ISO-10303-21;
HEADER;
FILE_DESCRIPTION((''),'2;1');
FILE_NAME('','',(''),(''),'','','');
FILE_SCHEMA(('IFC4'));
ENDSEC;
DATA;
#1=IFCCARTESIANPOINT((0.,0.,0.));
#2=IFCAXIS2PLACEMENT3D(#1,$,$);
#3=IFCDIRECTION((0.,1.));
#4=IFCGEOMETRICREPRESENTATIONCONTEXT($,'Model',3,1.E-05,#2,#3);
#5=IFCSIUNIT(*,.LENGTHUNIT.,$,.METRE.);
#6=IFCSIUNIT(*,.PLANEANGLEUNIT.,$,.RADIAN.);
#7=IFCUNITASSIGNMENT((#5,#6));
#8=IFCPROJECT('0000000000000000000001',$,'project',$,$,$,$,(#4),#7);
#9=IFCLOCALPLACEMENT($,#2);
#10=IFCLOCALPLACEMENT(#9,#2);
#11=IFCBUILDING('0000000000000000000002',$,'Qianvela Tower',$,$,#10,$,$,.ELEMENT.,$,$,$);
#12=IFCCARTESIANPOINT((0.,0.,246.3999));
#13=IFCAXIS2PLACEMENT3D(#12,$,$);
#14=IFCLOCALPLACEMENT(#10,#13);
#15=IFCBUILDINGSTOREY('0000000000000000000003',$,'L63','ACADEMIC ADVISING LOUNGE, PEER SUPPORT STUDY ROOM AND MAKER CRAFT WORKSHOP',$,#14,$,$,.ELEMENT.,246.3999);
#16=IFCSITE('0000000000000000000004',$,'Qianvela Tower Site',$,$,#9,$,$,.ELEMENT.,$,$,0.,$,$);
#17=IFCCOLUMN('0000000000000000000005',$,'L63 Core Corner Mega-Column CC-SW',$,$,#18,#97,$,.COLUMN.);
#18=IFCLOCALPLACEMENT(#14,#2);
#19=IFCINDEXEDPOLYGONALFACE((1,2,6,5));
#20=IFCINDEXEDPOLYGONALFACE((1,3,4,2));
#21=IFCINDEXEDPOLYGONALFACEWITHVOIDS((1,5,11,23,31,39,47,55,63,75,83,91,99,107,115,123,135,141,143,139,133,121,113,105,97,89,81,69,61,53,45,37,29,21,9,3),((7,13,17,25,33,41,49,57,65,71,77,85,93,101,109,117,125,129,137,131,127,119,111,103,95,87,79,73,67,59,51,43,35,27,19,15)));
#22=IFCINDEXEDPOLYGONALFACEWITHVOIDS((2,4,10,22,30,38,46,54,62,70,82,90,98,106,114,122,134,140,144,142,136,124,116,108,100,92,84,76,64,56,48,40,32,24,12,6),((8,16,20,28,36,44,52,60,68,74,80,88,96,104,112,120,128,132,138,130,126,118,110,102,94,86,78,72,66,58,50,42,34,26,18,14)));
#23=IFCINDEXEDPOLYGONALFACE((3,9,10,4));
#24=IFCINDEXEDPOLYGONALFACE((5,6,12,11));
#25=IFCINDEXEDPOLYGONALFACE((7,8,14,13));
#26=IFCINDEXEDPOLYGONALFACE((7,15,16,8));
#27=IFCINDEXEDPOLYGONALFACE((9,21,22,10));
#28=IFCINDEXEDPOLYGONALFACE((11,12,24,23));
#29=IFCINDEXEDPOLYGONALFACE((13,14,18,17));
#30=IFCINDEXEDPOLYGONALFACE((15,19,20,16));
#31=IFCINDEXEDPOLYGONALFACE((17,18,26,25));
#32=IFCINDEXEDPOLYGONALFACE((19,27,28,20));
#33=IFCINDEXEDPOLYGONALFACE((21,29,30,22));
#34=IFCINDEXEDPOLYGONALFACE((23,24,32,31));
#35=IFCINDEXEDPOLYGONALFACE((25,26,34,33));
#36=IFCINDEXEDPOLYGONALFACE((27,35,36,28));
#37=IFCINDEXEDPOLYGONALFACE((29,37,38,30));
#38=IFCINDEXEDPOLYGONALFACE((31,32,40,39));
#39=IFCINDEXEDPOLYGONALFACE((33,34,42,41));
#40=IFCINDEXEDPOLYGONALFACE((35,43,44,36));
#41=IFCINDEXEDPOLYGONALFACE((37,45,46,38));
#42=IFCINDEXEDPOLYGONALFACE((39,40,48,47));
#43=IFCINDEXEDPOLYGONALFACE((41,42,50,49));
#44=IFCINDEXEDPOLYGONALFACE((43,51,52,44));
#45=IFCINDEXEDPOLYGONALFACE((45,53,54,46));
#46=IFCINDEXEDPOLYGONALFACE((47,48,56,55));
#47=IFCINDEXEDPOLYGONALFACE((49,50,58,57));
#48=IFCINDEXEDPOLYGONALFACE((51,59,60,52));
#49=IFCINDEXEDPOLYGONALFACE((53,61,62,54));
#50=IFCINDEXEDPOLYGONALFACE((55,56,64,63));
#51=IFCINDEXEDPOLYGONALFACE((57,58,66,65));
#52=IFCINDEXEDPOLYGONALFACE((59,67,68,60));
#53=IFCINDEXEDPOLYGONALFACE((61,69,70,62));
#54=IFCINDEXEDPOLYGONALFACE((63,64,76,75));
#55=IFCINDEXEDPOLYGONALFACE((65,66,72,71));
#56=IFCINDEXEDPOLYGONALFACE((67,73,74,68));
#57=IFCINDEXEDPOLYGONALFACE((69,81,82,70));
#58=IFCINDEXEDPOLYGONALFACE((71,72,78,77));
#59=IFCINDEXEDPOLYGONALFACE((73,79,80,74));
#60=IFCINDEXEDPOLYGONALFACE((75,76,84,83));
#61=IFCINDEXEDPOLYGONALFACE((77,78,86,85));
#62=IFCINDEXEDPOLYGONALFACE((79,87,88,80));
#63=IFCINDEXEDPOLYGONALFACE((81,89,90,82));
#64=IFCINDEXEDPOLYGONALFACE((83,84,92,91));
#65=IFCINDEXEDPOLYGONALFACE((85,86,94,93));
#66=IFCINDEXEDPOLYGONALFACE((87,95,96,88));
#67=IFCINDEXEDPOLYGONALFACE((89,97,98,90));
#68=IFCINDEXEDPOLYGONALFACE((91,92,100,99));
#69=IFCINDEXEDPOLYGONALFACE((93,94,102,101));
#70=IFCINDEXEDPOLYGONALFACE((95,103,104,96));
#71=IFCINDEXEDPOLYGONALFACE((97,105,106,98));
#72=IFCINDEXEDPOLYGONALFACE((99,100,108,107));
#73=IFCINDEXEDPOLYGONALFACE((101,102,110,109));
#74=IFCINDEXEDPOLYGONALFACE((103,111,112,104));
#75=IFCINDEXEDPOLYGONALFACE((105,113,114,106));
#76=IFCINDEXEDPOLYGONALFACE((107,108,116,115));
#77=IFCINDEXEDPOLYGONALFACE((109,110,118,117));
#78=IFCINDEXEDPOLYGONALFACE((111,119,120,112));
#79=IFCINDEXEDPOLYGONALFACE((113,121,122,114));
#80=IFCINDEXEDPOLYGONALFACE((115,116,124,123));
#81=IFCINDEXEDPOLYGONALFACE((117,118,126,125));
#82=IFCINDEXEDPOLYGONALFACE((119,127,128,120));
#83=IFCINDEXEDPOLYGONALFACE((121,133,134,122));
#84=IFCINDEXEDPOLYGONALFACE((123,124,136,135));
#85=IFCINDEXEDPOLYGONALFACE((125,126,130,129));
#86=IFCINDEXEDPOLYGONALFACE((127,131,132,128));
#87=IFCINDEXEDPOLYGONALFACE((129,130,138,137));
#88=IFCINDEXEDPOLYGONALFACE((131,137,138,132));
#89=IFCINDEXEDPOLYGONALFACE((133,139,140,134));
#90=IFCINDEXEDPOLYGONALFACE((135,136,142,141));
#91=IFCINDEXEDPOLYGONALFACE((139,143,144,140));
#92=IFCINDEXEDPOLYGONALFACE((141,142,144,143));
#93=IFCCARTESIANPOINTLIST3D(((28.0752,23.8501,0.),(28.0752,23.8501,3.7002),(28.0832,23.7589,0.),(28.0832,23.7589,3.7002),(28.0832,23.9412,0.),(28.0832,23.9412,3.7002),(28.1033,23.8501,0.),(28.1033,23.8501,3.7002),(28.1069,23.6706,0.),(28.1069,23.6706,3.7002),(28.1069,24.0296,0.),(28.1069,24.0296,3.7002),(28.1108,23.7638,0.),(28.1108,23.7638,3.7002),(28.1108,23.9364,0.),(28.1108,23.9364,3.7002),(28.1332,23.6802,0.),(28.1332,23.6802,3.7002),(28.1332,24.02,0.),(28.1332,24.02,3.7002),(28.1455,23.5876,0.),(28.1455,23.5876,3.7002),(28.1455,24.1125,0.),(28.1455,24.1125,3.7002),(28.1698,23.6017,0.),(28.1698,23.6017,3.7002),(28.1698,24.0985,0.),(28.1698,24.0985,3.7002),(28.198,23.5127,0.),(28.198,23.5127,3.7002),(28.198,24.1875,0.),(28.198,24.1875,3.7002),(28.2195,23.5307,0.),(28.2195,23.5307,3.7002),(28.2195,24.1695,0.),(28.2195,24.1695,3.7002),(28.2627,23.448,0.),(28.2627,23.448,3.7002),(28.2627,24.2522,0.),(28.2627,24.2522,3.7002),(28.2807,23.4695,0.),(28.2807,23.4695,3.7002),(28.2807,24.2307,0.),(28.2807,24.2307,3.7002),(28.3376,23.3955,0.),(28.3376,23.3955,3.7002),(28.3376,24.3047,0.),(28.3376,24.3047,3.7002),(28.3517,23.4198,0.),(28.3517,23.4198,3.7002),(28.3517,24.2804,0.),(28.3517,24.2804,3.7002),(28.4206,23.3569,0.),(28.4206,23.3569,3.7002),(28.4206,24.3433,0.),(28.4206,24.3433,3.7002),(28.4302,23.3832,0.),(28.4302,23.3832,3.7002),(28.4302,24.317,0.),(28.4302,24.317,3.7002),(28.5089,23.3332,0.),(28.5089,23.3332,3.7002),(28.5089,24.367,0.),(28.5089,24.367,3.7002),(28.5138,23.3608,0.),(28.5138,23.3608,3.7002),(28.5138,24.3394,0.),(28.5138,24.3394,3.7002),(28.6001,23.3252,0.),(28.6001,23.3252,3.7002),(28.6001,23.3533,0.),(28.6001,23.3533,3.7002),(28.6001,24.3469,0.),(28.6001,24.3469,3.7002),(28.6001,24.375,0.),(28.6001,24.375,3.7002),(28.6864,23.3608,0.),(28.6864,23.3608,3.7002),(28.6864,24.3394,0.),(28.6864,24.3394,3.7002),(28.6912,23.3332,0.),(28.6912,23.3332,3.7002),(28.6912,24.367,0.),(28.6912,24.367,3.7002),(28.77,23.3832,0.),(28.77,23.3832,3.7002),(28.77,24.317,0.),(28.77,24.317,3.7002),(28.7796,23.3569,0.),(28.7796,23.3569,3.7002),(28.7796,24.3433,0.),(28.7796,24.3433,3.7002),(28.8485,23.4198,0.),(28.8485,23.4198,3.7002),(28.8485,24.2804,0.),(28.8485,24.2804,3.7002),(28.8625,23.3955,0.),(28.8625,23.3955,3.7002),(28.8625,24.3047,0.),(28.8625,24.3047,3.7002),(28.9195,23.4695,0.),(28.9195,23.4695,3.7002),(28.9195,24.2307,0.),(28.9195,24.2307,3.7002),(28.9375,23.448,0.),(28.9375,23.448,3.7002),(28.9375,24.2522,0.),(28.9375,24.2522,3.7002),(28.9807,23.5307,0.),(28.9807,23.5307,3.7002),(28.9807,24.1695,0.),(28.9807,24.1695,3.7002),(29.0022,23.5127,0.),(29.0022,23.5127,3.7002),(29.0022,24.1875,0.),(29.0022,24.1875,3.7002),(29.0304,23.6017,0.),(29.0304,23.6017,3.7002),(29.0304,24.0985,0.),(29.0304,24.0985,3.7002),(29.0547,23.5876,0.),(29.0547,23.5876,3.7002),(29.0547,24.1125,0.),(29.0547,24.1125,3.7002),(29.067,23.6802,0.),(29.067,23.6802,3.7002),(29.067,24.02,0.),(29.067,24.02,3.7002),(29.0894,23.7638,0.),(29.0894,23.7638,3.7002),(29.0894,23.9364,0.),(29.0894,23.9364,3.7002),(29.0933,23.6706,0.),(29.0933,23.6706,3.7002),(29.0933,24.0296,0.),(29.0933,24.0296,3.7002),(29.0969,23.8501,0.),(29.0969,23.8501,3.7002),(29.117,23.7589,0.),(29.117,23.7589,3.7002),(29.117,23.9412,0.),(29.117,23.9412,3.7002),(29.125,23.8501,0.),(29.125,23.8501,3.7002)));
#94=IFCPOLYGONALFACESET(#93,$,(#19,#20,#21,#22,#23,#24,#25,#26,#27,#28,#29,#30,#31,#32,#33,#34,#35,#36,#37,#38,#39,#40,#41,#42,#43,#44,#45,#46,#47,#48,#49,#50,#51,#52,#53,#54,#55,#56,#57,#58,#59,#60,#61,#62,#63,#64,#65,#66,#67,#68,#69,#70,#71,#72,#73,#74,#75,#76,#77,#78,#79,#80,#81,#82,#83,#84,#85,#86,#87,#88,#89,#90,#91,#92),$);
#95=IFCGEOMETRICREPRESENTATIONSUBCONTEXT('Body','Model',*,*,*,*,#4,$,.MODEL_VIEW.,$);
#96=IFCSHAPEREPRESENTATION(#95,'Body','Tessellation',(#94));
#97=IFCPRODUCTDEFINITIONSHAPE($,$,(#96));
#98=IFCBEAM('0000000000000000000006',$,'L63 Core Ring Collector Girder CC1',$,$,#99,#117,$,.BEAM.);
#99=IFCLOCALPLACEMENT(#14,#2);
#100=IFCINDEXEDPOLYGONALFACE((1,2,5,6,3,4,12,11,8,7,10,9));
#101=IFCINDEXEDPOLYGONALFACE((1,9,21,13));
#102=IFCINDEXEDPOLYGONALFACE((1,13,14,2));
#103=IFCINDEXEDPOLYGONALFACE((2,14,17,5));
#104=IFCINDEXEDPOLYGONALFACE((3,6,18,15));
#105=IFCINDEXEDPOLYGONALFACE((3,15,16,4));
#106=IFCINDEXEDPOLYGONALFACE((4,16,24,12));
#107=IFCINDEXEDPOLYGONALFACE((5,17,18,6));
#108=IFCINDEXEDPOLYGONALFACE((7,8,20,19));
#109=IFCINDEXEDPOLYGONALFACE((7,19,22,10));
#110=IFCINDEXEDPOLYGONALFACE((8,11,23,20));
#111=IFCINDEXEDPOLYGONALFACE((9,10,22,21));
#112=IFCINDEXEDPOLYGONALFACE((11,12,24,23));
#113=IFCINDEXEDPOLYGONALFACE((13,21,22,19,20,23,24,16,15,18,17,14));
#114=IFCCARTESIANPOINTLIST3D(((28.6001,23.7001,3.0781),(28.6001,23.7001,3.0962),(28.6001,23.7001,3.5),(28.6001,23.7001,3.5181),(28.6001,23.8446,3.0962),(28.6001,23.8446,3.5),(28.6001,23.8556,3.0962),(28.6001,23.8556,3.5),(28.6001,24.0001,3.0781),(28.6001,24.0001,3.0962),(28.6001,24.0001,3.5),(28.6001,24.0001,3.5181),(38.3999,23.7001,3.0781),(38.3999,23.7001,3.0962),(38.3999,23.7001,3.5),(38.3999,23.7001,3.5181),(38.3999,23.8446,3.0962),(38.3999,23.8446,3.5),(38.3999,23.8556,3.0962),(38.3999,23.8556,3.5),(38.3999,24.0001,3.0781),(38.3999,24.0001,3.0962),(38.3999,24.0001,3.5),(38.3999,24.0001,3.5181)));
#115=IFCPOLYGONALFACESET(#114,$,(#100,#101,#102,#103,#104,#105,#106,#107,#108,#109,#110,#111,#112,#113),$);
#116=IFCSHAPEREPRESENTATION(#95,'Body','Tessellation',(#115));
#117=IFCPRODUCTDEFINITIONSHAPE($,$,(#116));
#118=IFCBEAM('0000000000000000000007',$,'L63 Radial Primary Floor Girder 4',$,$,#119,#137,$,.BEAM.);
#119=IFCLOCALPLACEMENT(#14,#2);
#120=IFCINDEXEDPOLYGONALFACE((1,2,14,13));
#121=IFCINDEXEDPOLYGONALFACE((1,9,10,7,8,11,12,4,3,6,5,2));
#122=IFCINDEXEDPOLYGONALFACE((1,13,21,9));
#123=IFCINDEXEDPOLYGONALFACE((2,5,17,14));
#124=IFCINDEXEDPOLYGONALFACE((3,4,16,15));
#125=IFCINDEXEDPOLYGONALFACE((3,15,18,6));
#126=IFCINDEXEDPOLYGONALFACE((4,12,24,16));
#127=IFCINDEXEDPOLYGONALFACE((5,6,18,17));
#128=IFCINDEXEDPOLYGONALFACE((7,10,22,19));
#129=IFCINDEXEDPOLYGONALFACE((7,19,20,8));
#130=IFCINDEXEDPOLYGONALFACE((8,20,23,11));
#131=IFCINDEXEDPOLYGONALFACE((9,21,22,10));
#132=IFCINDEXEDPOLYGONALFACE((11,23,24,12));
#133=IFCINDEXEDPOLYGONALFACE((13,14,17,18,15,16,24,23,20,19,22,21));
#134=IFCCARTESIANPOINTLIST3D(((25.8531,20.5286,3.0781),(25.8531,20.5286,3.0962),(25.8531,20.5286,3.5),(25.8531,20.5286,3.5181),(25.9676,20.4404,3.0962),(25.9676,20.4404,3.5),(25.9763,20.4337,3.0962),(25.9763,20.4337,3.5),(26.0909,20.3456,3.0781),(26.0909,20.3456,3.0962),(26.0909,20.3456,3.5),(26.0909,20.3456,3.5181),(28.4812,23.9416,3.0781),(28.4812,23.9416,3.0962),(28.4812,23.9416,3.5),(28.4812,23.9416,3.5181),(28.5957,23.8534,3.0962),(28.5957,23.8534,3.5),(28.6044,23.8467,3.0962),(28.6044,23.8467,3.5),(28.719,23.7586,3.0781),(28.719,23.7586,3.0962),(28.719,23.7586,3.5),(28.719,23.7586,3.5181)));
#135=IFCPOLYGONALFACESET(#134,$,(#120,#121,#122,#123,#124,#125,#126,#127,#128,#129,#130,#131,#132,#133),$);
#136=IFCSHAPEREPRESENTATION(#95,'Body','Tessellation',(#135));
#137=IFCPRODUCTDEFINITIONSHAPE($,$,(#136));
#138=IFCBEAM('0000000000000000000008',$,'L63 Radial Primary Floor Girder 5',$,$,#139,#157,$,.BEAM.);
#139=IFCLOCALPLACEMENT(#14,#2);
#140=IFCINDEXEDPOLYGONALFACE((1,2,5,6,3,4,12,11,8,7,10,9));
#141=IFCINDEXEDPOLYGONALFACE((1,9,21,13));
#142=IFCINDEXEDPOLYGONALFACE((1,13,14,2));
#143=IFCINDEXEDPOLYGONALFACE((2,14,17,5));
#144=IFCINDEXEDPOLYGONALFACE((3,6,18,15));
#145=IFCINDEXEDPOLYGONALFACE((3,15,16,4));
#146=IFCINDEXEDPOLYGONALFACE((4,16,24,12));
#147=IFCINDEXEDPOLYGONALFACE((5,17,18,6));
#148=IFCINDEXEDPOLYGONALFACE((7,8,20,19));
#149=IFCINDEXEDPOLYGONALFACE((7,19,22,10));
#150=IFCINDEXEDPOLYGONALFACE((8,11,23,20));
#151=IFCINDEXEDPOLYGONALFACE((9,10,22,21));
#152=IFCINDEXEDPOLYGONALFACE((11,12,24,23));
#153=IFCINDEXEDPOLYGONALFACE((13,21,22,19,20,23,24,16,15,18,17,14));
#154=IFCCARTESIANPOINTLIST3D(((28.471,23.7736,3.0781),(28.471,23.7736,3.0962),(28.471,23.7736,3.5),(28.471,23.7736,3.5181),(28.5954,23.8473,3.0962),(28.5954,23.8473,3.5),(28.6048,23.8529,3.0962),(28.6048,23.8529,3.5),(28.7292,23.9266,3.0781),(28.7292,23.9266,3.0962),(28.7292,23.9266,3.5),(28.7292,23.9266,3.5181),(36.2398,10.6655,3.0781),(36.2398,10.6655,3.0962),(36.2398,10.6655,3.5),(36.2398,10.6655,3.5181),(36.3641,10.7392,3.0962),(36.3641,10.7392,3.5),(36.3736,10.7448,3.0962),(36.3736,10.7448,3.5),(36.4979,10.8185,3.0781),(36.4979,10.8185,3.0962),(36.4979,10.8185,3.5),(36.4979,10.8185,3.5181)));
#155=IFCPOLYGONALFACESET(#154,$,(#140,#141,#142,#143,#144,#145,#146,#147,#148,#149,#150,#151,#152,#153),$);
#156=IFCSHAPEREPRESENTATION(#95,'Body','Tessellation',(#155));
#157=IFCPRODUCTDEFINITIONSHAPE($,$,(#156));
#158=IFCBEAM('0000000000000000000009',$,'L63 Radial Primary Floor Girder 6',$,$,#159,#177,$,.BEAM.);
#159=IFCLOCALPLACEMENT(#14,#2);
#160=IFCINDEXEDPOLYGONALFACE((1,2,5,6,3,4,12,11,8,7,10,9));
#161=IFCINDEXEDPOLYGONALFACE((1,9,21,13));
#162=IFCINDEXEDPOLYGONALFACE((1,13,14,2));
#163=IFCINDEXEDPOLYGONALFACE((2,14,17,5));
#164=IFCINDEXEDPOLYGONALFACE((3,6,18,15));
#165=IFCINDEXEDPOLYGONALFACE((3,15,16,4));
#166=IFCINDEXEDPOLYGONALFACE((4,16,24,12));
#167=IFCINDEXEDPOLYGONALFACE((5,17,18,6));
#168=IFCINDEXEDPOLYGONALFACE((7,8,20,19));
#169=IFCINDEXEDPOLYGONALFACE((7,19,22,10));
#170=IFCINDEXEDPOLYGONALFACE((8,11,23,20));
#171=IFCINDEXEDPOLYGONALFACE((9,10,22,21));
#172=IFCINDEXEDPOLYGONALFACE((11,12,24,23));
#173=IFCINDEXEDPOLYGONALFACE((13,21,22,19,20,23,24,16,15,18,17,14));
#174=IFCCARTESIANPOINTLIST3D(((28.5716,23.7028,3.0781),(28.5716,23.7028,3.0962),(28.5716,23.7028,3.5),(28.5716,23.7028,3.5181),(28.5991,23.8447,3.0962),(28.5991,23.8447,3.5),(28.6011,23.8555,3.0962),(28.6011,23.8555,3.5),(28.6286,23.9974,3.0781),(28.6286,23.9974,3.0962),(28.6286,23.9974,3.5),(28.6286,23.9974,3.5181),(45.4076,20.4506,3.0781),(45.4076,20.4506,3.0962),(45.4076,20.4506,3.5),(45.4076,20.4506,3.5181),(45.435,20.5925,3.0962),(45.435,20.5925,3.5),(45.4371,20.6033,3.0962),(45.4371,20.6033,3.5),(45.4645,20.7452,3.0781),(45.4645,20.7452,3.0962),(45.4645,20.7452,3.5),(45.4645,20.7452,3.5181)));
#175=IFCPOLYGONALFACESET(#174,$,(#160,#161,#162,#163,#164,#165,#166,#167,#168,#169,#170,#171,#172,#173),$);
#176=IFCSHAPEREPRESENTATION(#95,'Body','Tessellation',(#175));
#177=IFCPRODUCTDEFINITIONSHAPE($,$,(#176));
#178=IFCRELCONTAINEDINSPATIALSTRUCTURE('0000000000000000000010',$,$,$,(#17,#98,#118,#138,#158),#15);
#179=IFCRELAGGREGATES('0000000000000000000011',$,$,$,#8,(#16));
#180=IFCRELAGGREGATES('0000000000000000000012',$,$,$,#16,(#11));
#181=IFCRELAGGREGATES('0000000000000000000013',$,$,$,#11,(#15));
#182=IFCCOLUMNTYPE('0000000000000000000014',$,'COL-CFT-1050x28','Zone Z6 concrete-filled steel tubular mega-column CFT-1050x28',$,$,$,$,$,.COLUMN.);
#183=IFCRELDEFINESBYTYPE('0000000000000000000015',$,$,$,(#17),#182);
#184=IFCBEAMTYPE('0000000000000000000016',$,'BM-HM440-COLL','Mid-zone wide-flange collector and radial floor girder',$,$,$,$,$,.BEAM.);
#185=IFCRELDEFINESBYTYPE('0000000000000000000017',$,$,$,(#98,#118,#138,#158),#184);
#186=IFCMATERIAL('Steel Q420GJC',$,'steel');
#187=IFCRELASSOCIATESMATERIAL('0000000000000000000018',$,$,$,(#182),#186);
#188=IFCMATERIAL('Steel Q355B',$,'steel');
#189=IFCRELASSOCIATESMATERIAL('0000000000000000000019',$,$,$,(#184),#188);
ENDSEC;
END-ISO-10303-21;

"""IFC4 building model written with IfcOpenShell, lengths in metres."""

from ifc_helpers import new_model, si_unit, direction, frame, origin, origin_2d, place, context, subcontext, project, spatial, hollow_circle, i_section, extrude, material, material_profile, profile_set, type_object, element, save


model = new_model("IFC4")

# Units and contexts
model_context = context("Model", 3, precision=1e-05, world=origin(), true_north=direction((0.0, 1.0)))
body_context = subcontext(model_context, "Body", "Model", "MODEL_VIEW")
ifc_project = project(units=[si_unit("LENGTHUNIT", "METRE"), si_unit("PLANEANGLEUNIT", "RADIAN")], contexts=[model_context])

# Site, building, storey
site_placement = place(None, origin())
site = spatial("IfcSite", under=ifc_project, at=site_placement, Name="Qianvela Tower Site", CompositionType="ELEMENT", RefElevation=0.0)
building_placement = place(site_placement, origin())
building = spatial("IfcBuilding", under=site, at=building_placement, Name="Qianvela Tower", CompositionType="ELEMENT")
storey_placement = place(building_placement, frame((0.0, 0.0, 246.3999)))
storey = spatial("IfcBuildingStorey", under=building, at=storey_placement, Name="L63", Description="ACADEMIC ADVISING LOUNGE, PEER SUPPORT STUDY ROOM AND MAKER CRAFT WORKSHOP", CompositionType="ELEMENT", Elevation=246.3999)

# Column
ifc_material_1 = material(Name="Steel Q420GJC", Category="steel")
ifc_material_profile_1 = material_profile(ifc_material_1, hollow_circle(Radius=0.5249, WallThickness=0.0281, at=origin_2d()), Name="CFT-1050x28")
ifc_profile_set_1 = profile_set([ifc_material_profile_1], Name="Steel Q420GJC")
column_type = type_object("IfcColumnType", Name="COL-CFT-1050x28", Description="Zone Z6 concrete-filled steel tubular mega-column CFT-1050x28", PredefinedType="COLUMN", material=ifc_profile_set_1)
column_placement = place(storey_placement, frame((28.6001, 23.8501, 0.0), z_axis=(0.0, 0.0, 1.0), x_axis=(1.0, 0.0, 0.0)))
element("IfcColumn", 1, at=column_placement, inside=storey, type_object=column_type, Name="L63 Core Corner Mega-Column CC-SW", PredefinedType="COLUMN", context=body_context, shape_type="SweptSolid", body=[
    extrude(hollow_circle(Radius=0.5249, WallThickness=0.0281, at=origin_2d()), origin(), (0.0, 0.0, 1.0), 3.7002),
])

# Beams
ifc_material_2 = material(Name="Steel Q355B", Category="steel")
ifc_material_profile_2 = material_profile(ifc_material_2, i_section(OverallWidth=0.3, OverallDepth=0.4399, WebThickness=0.011, FlangeThickness=0.0181, at=origin_2d()), Name="HM440x300x11x18")
ifc_profile_set_2 = profile_set([ifc_material_profile_2], Name="Steel Q355B")
beam_type_1 = type_object("IfcBeamType", Name="BM-HM440-COLL", Description="Mid-zone wide-flange collector and radial floor girder", PredefinedType="BEAM", material=ifc_profile_set_2)
beam_1_placement = place(storey_placement, frame((28.6001, 23.8501, 3.2981), z_axis=(1.0, 0.0, 0.0), x_axis=(0.0, 1.0, 0.0)))
element("IfcBeam", 2, at=beam_1_placement, inside=storey, type_object=beam_type_1, Name="L63 Core Ring Collector Girder CC1", PredefinedType="BEAM", context=body_context, shape_type="SweptSolid", body=[
    extrude(i_section(OverallWidth=0.3, OverallDepth=0.4399, WebThickness=0.011, FlangeThickness=0.0181, at=origin_2d()), origin(), (0.0, 0.0, 1.0), 9.7998),
])
beam_2_placement = place(storey_placement, frame((28.6001, 23.8501, 3.2981), z_axis=(-0.610108, -0.792318, 0.0), x_axis=(0.792318, -0.610108, 0.0)))
element("IfcBeam", 3, at=beam_2_placement, inside=storey, type_object=beam_type_1, Name="L63 Radial Primary Floor Girder 4", PredefinedType="BEAM", context=body_context, shape_type="SweptSolid", body=[
    extrude(i_section(OverallWidth=0.3, OverallDepth=0.4399, WebThickness=0.011, FlangeThickness=0.0181, at=origin_2d()), origin(), (0.0, 0.0, 1.0), 4.3076),
])
beam_3_placement = place(storey_placement, frame((28.6001, 23.8501, 3.2981), z_axis=(0.509851, -0.860263, 0.0), x_axis=(0.860263, 0.509851, 0.0)))
element("IfcBeam", 4, at=beam_3_placement, inside=storey, type_object=beam_type_1, Name="L63 Radial Primary Floor Girder 5", PredefinedType="BEAM", context=body_context, shape_type="SweptSolid", body=[
    extrude(i_section(OverallWidth=0.3, OverallDepth=0.4399, WebThickness=0.011, FlangeThickness=0.0181, at=origin_2d()), origin(), (0.0, 0.0, 1.0), 15.2373),
])
beam_4_placement = place(storey_placement, frame((28.6001, 23.8501, 3.2981), z_axis=(0.981849, -0.189664, 0.0), x_axis=(0.189664, 0.981849, 0.0)))
element("IfcBeam", 5, at=beam_4_placement, inside=storey, type_object=beam_type_1, Name="L63 Radial Primary Floor Girder 6", PredefinedType="BEAM", context=body_context, shape_type="SweptSolid", body=[
    extrude(i_section(OverallWidth=0.3, OverallDepth=0.4399, WebThickness=0.011, FlangeThickness=0.0181, at=origin_2d()), origin(), (0.0, 0.0, 1.0), 17.1472),
])

save(model, "model.ifc")
